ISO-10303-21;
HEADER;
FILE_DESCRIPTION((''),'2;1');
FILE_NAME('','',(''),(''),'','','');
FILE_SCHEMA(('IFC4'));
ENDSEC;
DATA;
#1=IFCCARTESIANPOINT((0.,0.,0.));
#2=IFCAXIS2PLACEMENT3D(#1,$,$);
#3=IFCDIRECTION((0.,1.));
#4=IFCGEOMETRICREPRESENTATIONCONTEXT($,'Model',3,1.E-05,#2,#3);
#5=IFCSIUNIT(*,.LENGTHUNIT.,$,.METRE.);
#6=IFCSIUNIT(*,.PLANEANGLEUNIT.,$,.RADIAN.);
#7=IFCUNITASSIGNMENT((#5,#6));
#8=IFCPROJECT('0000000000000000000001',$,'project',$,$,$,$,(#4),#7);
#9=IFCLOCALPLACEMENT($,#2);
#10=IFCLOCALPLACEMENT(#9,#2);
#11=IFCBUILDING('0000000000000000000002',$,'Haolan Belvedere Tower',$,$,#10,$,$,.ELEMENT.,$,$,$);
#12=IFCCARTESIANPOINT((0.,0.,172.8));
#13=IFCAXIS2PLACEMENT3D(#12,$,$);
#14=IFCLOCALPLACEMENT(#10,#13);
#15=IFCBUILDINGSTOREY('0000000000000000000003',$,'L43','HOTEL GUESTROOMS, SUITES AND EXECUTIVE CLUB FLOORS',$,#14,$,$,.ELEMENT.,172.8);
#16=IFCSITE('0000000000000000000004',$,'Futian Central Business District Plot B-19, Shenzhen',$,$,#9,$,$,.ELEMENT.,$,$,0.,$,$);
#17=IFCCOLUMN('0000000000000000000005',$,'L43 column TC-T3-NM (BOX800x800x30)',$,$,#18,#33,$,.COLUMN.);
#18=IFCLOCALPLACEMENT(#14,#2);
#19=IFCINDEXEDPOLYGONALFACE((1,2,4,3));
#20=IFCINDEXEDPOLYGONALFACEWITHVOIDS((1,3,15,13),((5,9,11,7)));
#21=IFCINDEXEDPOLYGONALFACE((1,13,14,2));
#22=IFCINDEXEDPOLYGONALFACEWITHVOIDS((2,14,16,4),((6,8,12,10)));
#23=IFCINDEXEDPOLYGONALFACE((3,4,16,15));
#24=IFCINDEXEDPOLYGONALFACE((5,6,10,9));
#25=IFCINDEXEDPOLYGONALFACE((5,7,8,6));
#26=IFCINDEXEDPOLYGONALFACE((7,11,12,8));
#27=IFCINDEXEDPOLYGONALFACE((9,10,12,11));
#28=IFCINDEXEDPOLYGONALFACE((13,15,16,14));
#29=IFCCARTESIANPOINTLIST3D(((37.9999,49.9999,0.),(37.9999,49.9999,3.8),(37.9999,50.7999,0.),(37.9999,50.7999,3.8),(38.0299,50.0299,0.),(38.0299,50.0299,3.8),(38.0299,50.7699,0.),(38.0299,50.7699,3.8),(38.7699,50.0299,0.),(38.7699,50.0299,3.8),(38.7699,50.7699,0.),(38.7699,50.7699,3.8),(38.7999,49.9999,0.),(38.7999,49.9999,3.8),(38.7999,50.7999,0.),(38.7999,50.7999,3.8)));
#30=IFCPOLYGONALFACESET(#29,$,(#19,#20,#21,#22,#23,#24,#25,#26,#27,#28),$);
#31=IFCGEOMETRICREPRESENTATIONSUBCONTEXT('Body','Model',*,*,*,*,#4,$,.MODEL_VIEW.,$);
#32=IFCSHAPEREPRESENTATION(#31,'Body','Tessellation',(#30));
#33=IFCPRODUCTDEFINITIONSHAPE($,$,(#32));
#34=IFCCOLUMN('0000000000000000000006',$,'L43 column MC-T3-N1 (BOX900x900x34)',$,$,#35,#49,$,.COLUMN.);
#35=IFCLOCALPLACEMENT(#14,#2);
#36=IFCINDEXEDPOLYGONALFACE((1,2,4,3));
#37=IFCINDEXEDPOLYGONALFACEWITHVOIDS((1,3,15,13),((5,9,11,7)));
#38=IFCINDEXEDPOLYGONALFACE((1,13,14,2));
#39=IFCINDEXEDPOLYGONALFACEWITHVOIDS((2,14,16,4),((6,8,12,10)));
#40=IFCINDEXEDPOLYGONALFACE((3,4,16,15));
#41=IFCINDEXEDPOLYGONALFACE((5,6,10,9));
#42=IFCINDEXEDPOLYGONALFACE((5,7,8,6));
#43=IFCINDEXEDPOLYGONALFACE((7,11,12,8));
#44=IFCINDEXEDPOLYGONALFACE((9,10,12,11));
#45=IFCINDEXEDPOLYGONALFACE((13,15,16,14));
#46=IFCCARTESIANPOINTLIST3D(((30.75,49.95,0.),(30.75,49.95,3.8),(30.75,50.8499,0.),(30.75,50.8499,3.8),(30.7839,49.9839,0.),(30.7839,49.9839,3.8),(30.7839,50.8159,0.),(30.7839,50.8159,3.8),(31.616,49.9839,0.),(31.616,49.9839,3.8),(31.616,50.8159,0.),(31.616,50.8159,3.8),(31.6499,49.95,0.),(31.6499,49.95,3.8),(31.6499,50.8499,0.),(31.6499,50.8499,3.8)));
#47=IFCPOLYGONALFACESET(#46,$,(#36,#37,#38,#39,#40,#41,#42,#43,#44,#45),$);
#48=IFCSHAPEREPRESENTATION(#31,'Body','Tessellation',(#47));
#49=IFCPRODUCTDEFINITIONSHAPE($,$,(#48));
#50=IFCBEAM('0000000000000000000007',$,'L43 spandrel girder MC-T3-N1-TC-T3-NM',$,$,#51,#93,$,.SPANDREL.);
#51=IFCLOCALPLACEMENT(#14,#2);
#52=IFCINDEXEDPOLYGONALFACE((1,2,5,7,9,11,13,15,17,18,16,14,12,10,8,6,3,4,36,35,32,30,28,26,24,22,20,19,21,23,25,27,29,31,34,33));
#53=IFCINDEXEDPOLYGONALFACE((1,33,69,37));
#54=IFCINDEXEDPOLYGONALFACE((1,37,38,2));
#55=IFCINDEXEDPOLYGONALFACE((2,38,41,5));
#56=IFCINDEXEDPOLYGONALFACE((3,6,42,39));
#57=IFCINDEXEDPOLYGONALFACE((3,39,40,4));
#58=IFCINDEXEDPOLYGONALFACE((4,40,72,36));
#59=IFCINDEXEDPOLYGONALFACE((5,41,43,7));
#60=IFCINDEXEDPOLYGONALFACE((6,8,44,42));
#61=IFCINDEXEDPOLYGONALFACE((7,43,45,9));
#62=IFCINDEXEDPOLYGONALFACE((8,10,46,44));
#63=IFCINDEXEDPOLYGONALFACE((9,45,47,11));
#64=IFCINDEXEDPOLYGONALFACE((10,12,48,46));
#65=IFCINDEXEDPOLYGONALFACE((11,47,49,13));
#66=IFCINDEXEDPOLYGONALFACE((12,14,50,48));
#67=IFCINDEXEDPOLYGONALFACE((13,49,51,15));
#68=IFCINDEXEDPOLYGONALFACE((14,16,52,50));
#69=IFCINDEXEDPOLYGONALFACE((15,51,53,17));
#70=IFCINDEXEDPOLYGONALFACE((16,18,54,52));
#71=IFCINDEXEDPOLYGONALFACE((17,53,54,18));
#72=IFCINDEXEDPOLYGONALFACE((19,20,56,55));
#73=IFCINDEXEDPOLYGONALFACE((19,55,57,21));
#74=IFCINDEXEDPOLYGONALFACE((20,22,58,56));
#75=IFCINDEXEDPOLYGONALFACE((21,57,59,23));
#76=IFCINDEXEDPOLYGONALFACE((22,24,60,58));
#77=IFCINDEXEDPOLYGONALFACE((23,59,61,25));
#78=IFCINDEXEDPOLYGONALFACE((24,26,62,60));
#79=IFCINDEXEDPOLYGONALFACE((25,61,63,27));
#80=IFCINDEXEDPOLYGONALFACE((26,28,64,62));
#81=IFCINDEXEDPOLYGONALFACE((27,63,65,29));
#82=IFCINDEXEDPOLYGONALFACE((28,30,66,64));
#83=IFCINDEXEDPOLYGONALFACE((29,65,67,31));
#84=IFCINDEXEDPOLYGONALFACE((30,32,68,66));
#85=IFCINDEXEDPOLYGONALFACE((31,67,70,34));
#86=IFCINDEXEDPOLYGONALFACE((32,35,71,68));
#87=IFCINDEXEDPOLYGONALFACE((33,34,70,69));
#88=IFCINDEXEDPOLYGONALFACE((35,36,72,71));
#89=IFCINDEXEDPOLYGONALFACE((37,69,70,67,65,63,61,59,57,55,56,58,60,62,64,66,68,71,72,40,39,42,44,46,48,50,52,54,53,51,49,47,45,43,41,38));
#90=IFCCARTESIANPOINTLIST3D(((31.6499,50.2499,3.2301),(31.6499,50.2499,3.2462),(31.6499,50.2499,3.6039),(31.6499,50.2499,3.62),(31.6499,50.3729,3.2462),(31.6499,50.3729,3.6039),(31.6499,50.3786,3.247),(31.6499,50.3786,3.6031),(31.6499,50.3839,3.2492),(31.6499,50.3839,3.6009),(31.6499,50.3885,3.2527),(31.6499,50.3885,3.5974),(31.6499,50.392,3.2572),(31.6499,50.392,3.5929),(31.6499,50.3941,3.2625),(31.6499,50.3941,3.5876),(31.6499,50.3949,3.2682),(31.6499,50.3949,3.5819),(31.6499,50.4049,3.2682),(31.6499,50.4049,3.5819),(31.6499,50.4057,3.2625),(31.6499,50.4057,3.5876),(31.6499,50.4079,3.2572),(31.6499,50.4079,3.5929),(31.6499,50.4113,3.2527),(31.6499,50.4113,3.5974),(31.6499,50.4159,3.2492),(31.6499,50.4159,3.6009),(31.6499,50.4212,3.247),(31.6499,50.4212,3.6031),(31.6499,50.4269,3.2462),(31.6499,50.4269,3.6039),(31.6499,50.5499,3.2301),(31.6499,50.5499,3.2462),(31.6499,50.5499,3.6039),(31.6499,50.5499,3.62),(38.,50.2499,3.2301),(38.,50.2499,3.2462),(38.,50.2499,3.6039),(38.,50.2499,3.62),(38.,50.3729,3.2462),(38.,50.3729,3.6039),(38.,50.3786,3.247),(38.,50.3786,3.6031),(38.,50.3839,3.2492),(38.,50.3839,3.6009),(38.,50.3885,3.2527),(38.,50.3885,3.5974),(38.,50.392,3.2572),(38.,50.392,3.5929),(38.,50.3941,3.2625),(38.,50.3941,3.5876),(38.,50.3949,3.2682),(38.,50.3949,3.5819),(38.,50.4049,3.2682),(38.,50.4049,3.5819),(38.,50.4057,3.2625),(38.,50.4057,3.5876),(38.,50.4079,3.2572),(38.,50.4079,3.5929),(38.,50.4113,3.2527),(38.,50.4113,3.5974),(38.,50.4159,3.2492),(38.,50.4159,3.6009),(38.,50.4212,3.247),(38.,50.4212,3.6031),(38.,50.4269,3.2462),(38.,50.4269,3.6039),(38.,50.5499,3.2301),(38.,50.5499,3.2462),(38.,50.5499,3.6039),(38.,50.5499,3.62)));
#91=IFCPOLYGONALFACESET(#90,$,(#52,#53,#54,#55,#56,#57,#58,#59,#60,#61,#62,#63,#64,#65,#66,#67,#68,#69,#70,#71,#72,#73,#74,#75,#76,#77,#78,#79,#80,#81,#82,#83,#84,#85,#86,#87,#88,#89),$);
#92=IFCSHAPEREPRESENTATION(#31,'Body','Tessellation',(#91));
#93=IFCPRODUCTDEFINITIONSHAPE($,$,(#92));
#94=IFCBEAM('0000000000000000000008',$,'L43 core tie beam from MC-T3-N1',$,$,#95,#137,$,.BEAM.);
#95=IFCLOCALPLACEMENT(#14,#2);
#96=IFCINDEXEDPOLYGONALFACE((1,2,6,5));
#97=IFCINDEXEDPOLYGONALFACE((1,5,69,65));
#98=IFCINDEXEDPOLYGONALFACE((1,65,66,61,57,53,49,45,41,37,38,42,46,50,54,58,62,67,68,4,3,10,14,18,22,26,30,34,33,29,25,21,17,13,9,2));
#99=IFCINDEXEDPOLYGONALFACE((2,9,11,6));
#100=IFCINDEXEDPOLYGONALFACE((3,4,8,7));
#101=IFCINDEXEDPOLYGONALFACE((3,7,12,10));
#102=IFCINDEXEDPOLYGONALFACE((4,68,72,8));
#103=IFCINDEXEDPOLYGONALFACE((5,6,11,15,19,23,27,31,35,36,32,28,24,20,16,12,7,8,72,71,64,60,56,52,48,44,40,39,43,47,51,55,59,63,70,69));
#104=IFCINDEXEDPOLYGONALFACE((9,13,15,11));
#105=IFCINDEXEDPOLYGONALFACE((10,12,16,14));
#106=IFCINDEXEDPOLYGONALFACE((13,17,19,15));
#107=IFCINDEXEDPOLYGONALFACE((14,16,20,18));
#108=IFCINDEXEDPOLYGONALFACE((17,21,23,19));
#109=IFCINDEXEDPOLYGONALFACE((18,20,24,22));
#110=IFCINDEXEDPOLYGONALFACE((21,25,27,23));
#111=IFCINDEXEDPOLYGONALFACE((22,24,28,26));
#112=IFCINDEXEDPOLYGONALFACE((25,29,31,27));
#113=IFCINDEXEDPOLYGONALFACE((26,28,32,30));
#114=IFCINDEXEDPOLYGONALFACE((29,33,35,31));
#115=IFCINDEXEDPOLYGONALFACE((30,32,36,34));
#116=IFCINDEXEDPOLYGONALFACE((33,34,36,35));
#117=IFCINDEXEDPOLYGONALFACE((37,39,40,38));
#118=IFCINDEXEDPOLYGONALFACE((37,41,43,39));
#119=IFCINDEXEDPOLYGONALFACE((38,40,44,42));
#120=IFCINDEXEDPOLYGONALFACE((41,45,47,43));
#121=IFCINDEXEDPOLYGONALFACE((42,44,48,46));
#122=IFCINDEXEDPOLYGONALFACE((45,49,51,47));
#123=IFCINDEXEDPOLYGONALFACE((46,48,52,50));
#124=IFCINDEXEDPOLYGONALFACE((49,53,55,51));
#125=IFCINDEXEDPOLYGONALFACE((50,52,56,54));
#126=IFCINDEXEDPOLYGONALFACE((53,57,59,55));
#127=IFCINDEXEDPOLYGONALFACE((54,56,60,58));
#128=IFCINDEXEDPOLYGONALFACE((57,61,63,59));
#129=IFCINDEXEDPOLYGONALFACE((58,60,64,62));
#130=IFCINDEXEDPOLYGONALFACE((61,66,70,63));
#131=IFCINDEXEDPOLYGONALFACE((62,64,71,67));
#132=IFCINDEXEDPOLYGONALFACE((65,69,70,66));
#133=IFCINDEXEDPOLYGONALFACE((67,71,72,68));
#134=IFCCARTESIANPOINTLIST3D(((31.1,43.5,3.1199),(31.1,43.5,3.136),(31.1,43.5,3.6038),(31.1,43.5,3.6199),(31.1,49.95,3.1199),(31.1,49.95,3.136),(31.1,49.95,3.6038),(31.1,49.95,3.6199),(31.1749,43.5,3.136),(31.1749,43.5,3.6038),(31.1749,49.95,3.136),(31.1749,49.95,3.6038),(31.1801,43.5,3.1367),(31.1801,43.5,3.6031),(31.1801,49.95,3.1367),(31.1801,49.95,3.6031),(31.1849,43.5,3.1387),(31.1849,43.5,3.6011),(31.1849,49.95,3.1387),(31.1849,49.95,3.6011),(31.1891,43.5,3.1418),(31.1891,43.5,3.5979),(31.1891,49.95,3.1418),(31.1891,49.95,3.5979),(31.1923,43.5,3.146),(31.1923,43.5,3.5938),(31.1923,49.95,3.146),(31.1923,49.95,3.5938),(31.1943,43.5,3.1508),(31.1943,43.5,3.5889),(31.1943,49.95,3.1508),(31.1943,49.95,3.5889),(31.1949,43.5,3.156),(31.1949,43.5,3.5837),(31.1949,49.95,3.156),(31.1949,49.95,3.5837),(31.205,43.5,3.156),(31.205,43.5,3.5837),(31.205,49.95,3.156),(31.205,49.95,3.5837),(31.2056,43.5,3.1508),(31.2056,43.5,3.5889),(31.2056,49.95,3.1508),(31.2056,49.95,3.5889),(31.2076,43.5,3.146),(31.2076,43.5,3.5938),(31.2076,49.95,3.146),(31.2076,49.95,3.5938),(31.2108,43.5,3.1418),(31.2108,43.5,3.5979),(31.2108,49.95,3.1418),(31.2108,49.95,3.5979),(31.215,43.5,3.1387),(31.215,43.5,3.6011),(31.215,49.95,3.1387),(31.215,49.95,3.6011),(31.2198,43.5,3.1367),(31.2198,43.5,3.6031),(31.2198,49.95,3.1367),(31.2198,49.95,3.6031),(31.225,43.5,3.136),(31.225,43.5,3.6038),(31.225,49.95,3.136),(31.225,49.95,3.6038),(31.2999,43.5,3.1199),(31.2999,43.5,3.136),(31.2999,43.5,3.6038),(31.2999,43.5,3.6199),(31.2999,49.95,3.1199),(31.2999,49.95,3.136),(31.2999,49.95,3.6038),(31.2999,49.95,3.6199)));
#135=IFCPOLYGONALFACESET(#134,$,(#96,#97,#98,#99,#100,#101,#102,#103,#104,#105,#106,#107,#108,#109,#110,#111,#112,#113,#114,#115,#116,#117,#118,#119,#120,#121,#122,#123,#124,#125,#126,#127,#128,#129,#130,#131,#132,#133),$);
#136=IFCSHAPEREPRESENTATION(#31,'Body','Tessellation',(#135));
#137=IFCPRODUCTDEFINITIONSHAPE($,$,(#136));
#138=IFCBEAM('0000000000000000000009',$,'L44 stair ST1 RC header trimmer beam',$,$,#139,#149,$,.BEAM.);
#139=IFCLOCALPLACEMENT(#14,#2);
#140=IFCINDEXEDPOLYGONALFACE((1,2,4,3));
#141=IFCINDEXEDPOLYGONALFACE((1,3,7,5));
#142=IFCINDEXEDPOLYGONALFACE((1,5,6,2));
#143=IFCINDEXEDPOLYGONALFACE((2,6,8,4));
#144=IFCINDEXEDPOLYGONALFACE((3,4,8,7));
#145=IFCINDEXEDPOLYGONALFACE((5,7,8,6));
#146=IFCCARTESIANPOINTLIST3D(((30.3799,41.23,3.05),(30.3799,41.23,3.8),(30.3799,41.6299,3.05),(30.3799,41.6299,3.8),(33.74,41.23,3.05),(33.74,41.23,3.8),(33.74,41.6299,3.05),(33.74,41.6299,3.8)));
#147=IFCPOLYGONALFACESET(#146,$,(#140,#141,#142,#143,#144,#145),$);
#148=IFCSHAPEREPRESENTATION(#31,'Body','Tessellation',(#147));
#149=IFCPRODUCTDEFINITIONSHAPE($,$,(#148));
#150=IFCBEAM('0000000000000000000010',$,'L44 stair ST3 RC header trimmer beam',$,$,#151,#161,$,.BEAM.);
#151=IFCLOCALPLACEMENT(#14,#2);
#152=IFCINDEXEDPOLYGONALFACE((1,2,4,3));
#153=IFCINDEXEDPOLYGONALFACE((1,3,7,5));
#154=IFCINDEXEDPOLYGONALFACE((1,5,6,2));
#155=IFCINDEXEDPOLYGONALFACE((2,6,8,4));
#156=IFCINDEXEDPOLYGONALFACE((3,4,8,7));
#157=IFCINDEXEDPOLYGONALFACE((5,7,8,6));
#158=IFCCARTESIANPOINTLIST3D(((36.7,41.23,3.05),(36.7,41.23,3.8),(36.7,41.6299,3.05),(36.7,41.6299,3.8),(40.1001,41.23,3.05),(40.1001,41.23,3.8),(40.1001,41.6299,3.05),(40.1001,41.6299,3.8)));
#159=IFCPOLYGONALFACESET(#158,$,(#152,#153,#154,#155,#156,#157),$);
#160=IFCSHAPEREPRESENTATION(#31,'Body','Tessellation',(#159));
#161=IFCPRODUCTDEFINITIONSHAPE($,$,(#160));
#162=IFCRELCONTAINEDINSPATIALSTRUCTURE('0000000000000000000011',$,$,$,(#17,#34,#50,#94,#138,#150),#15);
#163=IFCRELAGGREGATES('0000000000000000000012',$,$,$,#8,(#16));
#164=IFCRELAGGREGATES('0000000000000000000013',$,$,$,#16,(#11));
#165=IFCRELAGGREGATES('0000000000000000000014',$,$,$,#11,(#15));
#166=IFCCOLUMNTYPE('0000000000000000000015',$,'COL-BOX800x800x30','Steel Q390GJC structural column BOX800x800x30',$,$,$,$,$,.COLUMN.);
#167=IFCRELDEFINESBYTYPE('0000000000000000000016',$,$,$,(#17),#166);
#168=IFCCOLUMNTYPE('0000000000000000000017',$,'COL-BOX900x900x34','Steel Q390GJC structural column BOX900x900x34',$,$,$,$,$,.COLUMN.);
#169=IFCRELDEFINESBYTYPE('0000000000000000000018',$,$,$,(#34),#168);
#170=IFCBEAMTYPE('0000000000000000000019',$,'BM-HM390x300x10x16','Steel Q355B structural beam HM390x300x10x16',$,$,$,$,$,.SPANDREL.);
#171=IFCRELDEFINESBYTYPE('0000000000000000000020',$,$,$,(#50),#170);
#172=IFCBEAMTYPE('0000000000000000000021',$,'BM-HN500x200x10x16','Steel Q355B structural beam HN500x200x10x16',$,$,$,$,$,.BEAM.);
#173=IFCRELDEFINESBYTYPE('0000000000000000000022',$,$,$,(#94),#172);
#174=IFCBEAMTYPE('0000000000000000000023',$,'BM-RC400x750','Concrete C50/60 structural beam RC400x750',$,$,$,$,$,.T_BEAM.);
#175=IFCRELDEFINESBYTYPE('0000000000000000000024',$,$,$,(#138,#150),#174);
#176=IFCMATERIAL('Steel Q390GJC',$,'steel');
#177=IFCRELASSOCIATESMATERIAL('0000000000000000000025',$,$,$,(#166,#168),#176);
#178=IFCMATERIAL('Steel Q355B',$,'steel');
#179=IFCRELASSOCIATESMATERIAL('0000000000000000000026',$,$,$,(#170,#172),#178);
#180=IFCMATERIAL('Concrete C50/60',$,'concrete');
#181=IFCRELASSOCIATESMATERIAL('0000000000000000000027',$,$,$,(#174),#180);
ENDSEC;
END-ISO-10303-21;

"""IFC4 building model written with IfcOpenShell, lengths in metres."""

from ifc_helpers import new_model, si_unit, direction, frame, origin, origin_2d, place, context, subcontext, project, spatial, rectangle, hollow_rectangle, i_section, extrude, material, material_profile, profile_set, type_object, element, save


model = new_model("IFC4")

# Units and contexts
model_context = context("Model", 3, precision=1e-05, world=origin(), true_north=direction((0.0, 1.0)))
body_context = subcontext(model_context, "Body", "Model", "MODEL_VIEW")
ifc_project = project(units=[si_unit("LENGTHUNIT", "METRE"), si_unit("PLANEANGLEUNIT", "RADIAN")], contexts=[model_context])

# Site, building, storey
site_placement = place(None, origin())
site = spatial("IfcSite", under=ifc_project, at=site_placement, Name="Futian Central Business District Plot B-19, Shenzhen", CompositionType="ELEMENT", RefElevation=0.0)
building_placement = place(site_placement, origin())
building = spatial("IfcBuilding", under=site, at=building_placement, Name="Haolan Belvedere Tower", CompositionType="ELEMENT")
storey_placement = place(building_placement, frame((0.0, 0.0, 172.8)))
storey = spatial("IfcBuildingStorey", under=building, at=storey_placement, Name="L43", Description="HOTEL GUESTROOMS, SUITES AND EXECUTIVE CLUB FLOORS", CompositionType="ELEMENT", Elevation=172.8)

# Columns
ifc_material_1 = material(Name="Steel Q390GJC", Category="steel")
ifc_material_profile_1 = material_profile(ifc_material_1, hollow_rectangle(XDim=0.8, YDim=0.8, WallThickness=0.03, at=origin_2d()), Name="Steel Q390GJC")
ifc_profile_set_1 = profile_set([ifc_material_profile_1], Name="Steel Q390GJC")
column_type_1 = type_object("IfcColumnType", Name="COL-BOX800x800x30", Description="Steel Q390GJC structural column BOX800x800x30", PredefinedType="COLUMN", material=ifc_profile_set_1)
column_1_placement = place(storey_placement, frame((38.3999, 50.3999, 0.0), z_axis=(0.0, 0.0, 1.0), x_axis=(1.0, 0.0, 0.0)))
element("IfcColumn", 1, at=column_1_placement, inside=storey, type_object=column_type_1, Name="L43 column TC-T3-NM (BOX800x800x30)", PredefinedType="COLUMN", context=body_context, shape_type="SweptSolid", body=[
    extrude(hollow_rectangle(XDim=0.8, YDim=0.8, WallThickness=0.03, at=origin_2d()), origin(), (0.0, 0.0, 1.0), 3.8),
])
ifc_material_profile_2 = material_profile(ifc_material_1, hollow_rectangle(XDim=0.8999, YDim=0.8999, WallThickness=0.0339, at=origin_2d()), Name="Steel Q390GJC")
ifc_profile_set_2 = profile_set([ifc_material_profile_2], Name="Steel Q390GJC")
column_type_2 = type_object("IfcColumnType", Name="COL-BOX900x900x34", Description="Steel Q390GJC structural column BOX900x900x34", PredefinedType="COLUMN", material=ifc_profile_set_2)
column_2_placement = place(storey_placement, frame((31.2, 50.3999, 0.0), z_axis=(0.0, 0.0, 1.0), x_axis=(1.0, 0.0, 0.0)))
element("IfcColumn", 2, at=column_2_placement, inside=storey, type_object=column_type_2, Name="L43 column MC-T3-N1 (BOX900x900x34)", PredefinedType="COLUMN", context=body_context, shape_type="SweptSolid", body=[
    extrude(hollow_rectangle(XDim=0.8999, YDim=0.8999, WallThickness=0.0339, at=origin_2d()), origin(), (0.0, 0.0, 1.0), 3.8),
])

# Beams
ifc_material_2 = material(Name="Steel Q355B", Category="steel")
ifc_material_profile_3 = material_profile(ifc_material_2, i_section(OverallWidth=0.3, OverallDepth=0.3899, WebThickness=0.01, FlangeThickness=0.0161, FilletRadius=0.022, at=origin_2d()), Name="Steel Q355B")
ifc_profile_set_3 = profile_set([ifc_material_profile_3], Name="Steel Q355B")
beam_type_1 = type_object("IfcBeamType", Name="BM-HM390x300x10x16", Description="Steel Q355B structural beam HM390x300x10x16", PredefinedType="SPANDREL", material=ifc_profile_set_3)
beam_1_placement = place(storey_placement, frame((31.6499, 50.3999, 3.425), z_axis=(1.0, 0.0, 0.0), x_axis=(0.0, 1.0, 0.0)))
element("IfcBeam", 3, at=beam_1_placement, inside=storey, type_object=beam_type_1, Name="L43 spandrel girder MC-T3-N1-TC-T3-NM", PredefinedType="SPANDREL", context=body_context, shape_type="SweptSolid", body=[
    extrude(i_section(OverallWidth=0.3, OverallDepth=0.3899, WebThickness=0.01, FlangeThickness=0.0161, FilletRadius=0.022, at=origin_2d()), origin(), (0.0, 0.0, 1.0), 6.3501),
])
ifc_material_profile_4 = material_profile(ifc_material_2, i_section(OverallWidth=0.2, OverallDepth=0.5, WebThickness=0.01, FlangeThickness=0.0161, FilletRadius=0.02, at=origin_2d()), Name="Steel Q355B")
ifc_profile_set_4 = profile_set([ifc_material_profile_4], Name="Steel Q355B")
beam_type_2 = type_object("IfcBeamType", Name="BM-HN500x200x10x16", Description="Steel Q355B structural beam HN500x200x10x16", PredefinedType="BEAM", material=ifc_profile_set_4)
beam_2_placement = place(storey_placement, frame((31.2, 49.95, 3.3699), z_axis=(0.0, -1.0, 0.0), x_axis=(1.0, 0.0, 0.0)))
element("IfcBeam", 4, at=beam_2_placement, inside=storey, type_object=beam_type_2, Name="L43 core tie beam from MC-T3-N1", PredefinedType="BEAM", context=body_context, shape_type="SweptSolid", body=[
    extrude(i_section(OverallWidth=0.2, OverallDepth=0.5, WebThickness=0.01, FlangeThickness=0.0161, FilletRadius=0.02, at=origin_2d()), origin(), (0.0, 0.0, 1.0), 6.45),
])
ifc_material_3 = material(Name="Concrete C50/60", Category="concrete")
ifc_material_profile_5 = material_profile(ifc_material_3, rectangle(XDim=0.3999, YDim=0.75, at=origin_2d()), Name="Concrete C50/60")
ifc_profile_set_5 = profile_set([ifc_material_profile_5], Name="Concrete C50/60")
beam_type_3 = type_object("IfcBeamType", Name="BM-RC400x750", Description="Concrete C50/60 structural beam RC400x750", PredefinedType="T_BEAM", material=ifc_profile_set_5)
beam_3_placement = place(storey_placement, frame((30.3799, 41.4299, 3.425), z_axis=(1.0, 0.0, 0.0), x_axis=(0.0, 1.0, 0.0)))
element("IfcBeam", 5, at=beam_3_placement, inside=storey, type_object=beam_type_3, Name="L44 stair ST1 RC header trimmer beam", PredefinedType="BEAM", context=body_context, shape_type="SweptSolid", body=[
    extrude(rectangle(XDim=0.3999, YDim=0.75, at=origin_2d()), origin(), (0.0, 0.0, 1.0), 3.3601),
])
beam_4_placement = place(storey_placement, frame((36.7, 41.4299, 3.425), z_axis=(1.0, 0.0, 0.0), x_axis=(0.0, 1.0, 0.0)))
element("IfcBeam", 6, at=beam_4_placement, inside=storey, type_object=beam_type_3, Name="L44 stair ST3 RC header trimmer beam", PredefinedType="BEAM", context=body_context, shape_type="SweptSolid", body=[
    extrude(rectangle(XDim=0.3999, YDim=0.75, at=origin_2d()), origin(), (0.0, 0.0, 1.0), 3.4001),
])

save(model, "model.ifc")
